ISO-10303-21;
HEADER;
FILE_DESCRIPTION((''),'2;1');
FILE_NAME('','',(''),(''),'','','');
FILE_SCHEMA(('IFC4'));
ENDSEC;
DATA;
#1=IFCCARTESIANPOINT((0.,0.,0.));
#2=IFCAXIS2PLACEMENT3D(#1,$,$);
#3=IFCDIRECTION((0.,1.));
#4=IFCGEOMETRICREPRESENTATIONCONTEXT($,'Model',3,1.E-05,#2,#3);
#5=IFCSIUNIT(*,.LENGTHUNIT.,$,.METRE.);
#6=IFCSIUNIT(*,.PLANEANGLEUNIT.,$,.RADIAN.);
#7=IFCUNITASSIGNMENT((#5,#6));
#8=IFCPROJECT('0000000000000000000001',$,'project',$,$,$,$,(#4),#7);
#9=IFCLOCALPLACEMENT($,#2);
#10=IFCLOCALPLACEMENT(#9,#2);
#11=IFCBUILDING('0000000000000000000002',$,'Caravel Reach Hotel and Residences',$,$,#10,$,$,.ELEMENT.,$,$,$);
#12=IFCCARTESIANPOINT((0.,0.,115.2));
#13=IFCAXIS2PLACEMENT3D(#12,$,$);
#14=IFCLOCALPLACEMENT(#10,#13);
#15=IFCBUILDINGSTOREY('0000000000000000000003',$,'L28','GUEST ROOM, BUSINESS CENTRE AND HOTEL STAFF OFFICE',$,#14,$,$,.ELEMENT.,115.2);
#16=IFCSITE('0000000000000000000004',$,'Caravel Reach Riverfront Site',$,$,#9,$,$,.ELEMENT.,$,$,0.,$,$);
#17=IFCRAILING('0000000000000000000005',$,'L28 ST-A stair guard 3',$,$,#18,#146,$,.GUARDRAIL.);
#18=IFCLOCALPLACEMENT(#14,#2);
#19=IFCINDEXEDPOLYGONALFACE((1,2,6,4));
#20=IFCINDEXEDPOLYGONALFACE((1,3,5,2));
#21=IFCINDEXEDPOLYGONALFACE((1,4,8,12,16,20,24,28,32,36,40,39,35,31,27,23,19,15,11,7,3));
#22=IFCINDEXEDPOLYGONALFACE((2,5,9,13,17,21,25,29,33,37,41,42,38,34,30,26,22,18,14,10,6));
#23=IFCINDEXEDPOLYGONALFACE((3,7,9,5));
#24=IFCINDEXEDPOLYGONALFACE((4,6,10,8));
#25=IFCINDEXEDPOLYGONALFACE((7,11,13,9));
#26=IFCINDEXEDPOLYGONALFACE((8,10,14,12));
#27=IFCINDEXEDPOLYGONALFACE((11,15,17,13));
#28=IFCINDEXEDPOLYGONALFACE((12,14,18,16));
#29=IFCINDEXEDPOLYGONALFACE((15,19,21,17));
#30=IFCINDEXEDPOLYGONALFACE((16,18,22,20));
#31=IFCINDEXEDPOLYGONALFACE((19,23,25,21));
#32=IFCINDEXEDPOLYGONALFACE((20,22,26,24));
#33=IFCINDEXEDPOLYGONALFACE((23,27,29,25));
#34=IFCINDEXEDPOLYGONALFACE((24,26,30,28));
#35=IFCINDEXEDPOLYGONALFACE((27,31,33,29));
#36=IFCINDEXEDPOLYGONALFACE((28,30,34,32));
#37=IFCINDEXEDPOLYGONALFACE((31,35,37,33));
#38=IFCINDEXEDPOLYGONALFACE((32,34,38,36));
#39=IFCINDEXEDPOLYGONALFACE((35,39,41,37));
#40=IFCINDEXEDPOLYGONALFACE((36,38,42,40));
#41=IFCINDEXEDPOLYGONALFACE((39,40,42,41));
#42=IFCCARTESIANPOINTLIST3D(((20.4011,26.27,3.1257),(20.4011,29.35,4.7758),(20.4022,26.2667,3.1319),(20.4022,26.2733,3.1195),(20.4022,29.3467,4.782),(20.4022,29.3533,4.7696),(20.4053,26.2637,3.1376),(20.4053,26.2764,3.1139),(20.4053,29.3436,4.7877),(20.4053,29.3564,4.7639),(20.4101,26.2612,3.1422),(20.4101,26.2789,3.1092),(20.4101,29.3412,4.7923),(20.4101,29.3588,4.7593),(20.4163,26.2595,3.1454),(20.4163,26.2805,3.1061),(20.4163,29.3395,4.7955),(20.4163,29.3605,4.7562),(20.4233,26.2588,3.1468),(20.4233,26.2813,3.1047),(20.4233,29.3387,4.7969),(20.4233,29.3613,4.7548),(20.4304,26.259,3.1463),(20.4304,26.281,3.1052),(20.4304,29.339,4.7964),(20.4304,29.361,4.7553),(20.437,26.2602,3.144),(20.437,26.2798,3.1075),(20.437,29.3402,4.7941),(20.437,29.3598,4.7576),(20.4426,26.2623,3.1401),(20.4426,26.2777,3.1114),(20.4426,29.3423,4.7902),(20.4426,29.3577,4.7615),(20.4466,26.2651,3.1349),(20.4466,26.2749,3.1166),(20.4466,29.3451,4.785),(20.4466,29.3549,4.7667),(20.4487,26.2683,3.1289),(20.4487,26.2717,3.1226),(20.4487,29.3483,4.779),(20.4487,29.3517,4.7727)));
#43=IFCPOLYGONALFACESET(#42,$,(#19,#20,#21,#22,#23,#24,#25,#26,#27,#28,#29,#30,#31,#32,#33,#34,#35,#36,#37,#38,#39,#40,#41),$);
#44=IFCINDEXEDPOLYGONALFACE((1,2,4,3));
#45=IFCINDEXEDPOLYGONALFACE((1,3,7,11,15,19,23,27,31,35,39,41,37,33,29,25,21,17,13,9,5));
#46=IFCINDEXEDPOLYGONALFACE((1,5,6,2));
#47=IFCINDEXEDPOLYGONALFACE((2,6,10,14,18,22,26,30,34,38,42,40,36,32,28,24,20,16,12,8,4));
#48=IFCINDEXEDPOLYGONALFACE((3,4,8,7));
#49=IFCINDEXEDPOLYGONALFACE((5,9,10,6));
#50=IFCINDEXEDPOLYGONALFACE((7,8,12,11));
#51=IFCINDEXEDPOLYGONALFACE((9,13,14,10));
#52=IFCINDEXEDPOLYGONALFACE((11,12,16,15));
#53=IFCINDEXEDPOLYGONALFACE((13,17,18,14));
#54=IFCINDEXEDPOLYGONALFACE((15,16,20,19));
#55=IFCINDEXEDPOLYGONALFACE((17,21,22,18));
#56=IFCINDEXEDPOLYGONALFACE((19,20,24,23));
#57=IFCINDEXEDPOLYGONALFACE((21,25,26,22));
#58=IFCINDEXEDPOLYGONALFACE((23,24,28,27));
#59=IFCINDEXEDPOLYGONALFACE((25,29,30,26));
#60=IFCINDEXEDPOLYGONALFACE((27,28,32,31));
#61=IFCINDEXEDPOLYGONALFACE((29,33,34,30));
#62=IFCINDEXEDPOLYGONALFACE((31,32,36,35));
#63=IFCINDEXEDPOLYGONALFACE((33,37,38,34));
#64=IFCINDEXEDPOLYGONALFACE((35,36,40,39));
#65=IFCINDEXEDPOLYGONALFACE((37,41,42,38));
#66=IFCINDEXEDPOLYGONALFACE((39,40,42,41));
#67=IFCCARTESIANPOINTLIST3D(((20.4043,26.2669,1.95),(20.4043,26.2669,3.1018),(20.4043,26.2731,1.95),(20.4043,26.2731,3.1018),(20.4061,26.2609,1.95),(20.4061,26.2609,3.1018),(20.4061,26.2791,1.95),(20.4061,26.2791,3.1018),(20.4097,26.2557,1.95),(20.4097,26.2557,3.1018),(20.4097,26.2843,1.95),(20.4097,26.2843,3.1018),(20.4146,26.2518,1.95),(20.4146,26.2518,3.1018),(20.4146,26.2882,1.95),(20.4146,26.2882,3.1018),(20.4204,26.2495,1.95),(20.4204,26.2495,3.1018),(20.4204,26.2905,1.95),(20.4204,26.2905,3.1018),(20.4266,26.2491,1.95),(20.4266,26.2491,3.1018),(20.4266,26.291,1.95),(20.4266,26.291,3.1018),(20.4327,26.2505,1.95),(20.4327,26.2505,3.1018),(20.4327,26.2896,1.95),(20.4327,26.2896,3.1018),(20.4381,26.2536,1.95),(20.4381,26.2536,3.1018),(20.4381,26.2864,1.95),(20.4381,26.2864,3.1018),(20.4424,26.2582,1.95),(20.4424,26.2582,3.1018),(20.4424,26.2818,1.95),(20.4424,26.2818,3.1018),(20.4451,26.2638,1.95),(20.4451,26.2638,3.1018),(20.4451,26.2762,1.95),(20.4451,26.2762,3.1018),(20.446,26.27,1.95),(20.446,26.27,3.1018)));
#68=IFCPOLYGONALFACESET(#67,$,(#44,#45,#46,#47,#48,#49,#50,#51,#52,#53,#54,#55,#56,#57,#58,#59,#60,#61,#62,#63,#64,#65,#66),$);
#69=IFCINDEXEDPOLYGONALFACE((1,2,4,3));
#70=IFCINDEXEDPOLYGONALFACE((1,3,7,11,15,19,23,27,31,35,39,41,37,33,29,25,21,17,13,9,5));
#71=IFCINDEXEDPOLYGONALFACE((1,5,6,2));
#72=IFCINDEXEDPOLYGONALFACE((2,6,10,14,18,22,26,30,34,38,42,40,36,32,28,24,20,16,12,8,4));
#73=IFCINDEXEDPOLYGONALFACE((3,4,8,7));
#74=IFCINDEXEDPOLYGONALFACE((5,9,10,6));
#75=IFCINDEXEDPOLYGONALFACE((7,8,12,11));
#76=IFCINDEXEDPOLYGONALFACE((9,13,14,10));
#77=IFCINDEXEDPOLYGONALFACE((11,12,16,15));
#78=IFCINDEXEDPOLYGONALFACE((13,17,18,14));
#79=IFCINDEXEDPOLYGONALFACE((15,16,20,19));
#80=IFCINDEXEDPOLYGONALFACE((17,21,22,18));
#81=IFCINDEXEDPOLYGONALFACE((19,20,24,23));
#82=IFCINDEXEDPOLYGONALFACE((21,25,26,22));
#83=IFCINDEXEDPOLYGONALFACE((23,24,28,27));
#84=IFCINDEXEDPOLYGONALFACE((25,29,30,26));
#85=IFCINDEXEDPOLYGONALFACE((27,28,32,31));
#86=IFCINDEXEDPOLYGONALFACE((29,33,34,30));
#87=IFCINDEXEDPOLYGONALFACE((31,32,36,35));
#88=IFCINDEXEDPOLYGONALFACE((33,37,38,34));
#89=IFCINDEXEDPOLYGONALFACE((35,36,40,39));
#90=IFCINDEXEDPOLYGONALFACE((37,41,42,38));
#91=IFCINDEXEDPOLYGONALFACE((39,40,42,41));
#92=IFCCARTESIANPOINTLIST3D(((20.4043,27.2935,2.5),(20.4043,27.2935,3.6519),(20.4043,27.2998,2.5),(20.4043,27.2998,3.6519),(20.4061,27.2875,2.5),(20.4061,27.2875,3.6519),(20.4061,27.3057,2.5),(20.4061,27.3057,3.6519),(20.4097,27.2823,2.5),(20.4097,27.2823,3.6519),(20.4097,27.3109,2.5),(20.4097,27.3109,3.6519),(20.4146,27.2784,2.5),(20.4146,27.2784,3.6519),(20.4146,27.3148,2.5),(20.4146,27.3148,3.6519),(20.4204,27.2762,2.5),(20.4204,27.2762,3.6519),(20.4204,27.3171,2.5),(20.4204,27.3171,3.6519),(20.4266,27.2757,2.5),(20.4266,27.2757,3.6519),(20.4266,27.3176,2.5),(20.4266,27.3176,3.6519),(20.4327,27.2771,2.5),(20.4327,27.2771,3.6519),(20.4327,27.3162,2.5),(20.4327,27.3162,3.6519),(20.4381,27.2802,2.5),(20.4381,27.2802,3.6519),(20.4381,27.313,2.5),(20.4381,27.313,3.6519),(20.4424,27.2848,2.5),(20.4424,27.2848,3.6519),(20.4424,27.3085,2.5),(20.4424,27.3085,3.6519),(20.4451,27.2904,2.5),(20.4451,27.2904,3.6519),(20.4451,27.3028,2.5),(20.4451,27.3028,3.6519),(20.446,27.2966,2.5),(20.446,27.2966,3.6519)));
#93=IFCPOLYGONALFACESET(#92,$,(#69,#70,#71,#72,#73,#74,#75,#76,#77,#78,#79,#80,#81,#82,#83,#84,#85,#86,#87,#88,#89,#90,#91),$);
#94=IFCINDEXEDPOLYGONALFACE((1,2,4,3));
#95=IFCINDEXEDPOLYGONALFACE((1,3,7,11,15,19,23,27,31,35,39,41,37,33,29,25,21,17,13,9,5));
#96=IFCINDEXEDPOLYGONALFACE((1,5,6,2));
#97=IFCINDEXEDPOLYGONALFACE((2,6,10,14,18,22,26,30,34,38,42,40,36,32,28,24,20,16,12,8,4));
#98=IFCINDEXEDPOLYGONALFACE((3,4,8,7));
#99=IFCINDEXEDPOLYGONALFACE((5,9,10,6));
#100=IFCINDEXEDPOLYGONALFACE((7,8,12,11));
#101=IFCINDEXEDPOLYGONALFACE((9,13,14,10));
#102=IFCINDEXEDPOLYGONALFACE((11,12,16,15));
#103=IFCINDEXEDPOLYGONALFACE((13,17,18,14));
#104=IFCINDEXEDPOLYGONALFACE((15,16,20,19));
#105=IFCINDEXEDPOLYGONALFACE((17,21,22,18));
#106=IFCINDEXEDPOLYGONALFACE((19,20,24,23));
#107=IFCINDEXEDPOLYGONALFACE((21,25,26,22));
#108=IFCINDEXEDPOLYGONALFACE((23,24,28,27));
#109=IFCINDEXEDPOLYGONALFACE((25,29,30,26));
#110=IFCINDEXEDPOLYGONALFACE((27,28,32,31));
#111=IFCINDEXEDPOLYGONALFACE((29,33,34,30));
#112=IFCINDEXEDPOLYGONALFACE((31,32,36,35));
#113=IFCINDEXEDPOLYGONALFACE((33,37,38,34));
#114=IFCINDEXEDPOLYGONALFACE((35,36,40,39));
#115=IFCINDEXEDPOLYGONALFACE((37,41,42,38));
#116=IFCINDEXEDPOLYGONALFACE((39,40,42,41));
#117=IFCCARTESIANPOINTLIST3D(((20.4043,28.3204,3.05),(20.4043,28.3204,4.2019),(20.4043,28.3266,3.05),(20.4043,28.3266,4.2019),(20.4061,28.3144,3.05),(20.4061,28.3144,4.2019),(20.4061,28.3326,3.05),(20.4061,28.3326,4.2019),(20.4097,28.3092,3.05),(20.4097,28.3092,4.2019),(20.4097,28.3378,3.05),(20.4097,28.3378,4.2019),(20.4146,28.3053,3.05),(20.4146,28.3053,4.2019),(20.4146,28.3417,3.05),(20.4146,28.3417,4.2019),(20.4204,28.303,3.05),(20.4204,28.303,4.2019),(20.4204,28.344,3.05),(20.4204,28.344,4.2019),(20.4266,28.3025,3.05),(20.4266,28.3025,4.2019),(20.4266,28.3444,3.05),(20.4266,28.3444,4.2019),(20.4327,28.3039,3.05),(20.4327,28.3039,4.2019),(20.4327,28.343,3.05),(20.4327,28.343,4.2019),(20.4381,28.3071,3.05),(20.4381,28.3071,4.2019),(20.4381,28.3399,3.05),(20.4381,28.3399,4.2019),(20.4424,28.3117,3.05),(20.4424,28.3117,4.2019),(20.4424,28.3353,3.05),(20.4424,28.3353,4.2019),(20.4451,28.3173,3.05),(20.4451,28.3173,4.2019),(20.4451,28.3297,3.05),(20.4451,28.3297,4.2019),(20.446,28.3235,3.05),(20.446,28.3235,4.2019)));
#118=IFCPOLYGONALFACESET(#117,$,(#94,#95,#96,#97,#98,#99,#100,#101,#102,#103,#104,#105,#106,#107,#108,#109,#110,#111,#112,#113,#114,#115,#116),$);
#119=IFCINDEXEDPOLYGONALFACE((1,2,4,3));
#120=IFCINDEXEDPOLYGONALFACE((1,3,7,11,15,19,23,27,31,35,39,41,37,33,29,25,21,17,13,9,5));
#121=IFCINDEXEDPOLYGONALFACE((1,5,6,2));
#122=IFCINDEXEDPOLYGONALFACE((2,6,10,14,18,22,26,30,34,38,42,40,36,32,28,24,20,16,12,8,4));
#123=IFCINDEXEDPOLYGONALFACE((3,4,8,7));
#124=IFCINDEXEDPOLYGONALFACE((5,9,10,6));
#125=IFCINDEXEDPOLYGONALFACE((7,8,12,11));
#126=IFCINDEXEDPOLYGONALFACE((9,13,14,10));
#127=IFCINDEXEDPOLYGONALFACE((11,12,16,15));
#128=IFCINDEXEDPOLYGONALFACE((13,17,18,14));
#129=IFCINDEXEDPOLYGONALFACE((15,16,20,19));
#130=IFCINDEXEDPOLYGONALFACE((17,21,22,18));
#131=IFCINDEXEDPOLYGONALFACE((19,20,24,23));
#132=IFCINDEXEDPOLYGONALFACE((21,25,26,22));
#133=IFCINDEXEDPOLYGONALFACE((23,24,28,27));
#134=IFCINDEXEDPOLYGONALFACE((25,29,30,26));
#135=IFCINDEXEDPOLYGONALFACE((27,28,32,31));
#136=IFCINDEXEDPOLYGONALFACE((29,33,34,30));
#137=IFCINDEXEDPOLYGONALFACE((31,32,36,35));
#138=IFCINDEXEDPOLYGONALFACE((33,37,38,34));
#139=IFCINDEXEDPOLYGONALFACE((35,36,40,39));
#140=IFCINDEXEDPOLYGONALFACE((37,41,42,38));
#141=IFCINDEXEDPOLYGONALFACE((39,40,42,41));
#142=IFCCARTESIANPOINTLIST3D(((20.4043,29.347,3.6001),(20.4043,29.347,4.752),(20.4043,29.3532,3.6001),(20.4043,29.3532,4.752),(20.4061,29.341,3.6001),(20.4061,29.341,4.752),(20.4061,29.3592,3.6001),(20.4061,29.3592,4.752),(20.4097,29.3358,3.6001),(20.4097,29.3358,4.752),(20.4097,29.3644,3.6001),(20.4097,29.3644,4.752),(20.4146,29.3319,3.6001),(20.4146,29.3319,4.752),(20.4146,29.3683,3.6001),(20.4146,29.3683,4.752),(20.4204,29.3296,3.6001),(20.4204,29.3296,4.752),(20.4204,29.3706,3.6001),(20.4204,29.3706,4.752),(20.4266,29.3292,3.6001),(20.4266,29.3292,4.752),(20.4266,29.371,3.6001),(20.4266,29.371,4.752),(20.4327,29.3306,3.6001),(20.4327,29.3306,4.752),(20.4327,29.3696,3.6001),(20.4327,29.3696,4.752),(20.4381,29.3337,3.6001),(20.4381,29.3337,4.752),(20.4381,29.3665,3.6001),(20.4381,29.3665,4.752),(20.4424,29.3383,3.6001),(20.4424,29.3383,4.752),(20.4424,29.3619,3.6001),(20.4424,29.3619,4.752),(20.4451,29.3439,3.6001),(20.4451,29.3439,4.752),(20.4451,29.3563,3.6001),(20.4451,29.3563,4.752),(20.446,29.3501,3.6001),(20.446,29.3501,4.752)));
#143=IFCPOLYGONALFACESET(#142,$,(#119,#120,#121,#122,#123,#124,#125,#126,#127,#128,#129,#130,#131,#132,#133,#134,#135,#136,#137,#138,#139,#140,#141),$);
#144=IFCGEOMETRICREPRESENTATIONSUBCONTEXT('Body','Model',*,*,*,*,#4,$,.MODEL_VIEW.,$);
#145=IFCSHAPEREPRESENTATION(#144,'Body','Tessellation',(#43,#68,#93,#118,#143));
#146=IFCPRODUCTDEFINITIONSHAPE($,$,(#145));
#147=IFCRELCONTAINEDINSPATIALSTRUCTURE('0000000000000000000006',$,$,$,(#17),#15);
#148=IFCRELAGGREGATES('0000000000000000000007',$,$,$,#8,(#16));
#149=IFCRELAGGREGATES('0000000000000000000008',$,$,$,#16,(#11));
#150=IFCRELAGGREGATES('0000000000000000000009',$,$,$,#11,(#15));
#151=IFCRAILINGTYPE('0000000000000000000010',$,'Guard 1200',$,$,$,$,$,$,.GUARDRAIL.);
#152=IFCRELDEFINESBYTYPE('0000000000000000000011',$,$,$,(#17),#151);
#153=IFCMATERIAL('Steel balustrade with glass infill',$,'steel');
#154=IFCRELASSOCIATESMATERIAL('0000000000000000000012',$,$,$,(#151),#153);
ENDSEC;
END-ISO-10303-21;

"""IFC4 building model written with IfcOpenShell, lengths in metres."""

from ifc_helpers import new_model, si_unit, direction, frame, origin, origin_2d, place, context, subcontext, project, spatial, circle, extrude, material, type_object, element, save


model = new_model("IFC4")

# Units and contexts
model_context = context("Model", 3, precision=1e-05, world=origin(), true_north=direction((0.0, 1.0)))
body_context = subcontext(model_context, "Body", "Model", "MODEL_VIEW")
ifc_project = project(units=[si_unit("LENGTHUNIT", "METRE"), si_unit("PLANEANGLEUNIT", "RADIAN")], contexts=[model_context])

# Site, building, storey
site_placement = place(None, origin())
site = spatial("IfcSite", under=ifc_project, at=site_placement, Name="Caravel Reach Riverfront Site", CompositionType="ELEMENT", RefElevation=0.0)
building_placement = place(site_placement, origin())
building = spatial("IfcBuilding", under=site, at=building_placement, Name="Caravel Reach Hotel and Residences", CompositionType="ELEMENT")
storey_placement = place(building_placement, frame((0.0, 0.0, 115.2)))
storey = spatial("IfcBuildingStorey", under=building, at=storey_placement, Name="L28", Description="GUEST ROOM, BUSINESS CENTRE AND HOTEL STAFF OFFICE", CompositionType="ELEMENT", Elevation=115.2)

# Railing
ifc_material_1 = material(Name="Steel balustrade with glass infill", Category="steel")
railing_type_1 = type_object("IfcRailingType", Name="Guard 1200", PredefinedType="GUARDRAIL", material=ifc_material_1)
railing_1_placement = place(storey_placement, frame((20.425, 26.27, 1.95)))
element("IfcRailing", 1, at=railing_1_placement, inside=storey, type_object=railing_type_1, Name="L28 ST-A stair guard 3", PredefinedType="GUARDRAIL", context=body_context, shape_type="SweptSolid", body=[
    extrude(circle(Radius=0.0239, at=origin_2d()), frame((0.0, 0.0, 1.1758), z_axis=(0.0, 0.881468, 0.472245), x_axis=(-1.0, 0.0, 0.0)), (0.0, 0.0, 1.0), 3.4941),
    extrude(circle(Radius=0.021, at=origin_2d()), origin(), (0.0, 0.0, 1.0), 1.1519),
    extrude(circle(Radius=0.021, at=origin_2d()), frame((0.0, 1.0266, 0.55)), (0.0, 0.0, 1.0), 1.1519),
    extrude(circle(Radius=0.021, at=origin_2d()), frame((0.0, 2.0535, 1.1001)), (0.0, 0.0, 1.0), 1.1519),
    extrude(circle(Radius=0.021, at=origin_2d()), frame((0.0, 3.0801, 1.6501)), (0.0, 0.0, 1.0), 1.1519),
])

save(model, "model.ifc")
